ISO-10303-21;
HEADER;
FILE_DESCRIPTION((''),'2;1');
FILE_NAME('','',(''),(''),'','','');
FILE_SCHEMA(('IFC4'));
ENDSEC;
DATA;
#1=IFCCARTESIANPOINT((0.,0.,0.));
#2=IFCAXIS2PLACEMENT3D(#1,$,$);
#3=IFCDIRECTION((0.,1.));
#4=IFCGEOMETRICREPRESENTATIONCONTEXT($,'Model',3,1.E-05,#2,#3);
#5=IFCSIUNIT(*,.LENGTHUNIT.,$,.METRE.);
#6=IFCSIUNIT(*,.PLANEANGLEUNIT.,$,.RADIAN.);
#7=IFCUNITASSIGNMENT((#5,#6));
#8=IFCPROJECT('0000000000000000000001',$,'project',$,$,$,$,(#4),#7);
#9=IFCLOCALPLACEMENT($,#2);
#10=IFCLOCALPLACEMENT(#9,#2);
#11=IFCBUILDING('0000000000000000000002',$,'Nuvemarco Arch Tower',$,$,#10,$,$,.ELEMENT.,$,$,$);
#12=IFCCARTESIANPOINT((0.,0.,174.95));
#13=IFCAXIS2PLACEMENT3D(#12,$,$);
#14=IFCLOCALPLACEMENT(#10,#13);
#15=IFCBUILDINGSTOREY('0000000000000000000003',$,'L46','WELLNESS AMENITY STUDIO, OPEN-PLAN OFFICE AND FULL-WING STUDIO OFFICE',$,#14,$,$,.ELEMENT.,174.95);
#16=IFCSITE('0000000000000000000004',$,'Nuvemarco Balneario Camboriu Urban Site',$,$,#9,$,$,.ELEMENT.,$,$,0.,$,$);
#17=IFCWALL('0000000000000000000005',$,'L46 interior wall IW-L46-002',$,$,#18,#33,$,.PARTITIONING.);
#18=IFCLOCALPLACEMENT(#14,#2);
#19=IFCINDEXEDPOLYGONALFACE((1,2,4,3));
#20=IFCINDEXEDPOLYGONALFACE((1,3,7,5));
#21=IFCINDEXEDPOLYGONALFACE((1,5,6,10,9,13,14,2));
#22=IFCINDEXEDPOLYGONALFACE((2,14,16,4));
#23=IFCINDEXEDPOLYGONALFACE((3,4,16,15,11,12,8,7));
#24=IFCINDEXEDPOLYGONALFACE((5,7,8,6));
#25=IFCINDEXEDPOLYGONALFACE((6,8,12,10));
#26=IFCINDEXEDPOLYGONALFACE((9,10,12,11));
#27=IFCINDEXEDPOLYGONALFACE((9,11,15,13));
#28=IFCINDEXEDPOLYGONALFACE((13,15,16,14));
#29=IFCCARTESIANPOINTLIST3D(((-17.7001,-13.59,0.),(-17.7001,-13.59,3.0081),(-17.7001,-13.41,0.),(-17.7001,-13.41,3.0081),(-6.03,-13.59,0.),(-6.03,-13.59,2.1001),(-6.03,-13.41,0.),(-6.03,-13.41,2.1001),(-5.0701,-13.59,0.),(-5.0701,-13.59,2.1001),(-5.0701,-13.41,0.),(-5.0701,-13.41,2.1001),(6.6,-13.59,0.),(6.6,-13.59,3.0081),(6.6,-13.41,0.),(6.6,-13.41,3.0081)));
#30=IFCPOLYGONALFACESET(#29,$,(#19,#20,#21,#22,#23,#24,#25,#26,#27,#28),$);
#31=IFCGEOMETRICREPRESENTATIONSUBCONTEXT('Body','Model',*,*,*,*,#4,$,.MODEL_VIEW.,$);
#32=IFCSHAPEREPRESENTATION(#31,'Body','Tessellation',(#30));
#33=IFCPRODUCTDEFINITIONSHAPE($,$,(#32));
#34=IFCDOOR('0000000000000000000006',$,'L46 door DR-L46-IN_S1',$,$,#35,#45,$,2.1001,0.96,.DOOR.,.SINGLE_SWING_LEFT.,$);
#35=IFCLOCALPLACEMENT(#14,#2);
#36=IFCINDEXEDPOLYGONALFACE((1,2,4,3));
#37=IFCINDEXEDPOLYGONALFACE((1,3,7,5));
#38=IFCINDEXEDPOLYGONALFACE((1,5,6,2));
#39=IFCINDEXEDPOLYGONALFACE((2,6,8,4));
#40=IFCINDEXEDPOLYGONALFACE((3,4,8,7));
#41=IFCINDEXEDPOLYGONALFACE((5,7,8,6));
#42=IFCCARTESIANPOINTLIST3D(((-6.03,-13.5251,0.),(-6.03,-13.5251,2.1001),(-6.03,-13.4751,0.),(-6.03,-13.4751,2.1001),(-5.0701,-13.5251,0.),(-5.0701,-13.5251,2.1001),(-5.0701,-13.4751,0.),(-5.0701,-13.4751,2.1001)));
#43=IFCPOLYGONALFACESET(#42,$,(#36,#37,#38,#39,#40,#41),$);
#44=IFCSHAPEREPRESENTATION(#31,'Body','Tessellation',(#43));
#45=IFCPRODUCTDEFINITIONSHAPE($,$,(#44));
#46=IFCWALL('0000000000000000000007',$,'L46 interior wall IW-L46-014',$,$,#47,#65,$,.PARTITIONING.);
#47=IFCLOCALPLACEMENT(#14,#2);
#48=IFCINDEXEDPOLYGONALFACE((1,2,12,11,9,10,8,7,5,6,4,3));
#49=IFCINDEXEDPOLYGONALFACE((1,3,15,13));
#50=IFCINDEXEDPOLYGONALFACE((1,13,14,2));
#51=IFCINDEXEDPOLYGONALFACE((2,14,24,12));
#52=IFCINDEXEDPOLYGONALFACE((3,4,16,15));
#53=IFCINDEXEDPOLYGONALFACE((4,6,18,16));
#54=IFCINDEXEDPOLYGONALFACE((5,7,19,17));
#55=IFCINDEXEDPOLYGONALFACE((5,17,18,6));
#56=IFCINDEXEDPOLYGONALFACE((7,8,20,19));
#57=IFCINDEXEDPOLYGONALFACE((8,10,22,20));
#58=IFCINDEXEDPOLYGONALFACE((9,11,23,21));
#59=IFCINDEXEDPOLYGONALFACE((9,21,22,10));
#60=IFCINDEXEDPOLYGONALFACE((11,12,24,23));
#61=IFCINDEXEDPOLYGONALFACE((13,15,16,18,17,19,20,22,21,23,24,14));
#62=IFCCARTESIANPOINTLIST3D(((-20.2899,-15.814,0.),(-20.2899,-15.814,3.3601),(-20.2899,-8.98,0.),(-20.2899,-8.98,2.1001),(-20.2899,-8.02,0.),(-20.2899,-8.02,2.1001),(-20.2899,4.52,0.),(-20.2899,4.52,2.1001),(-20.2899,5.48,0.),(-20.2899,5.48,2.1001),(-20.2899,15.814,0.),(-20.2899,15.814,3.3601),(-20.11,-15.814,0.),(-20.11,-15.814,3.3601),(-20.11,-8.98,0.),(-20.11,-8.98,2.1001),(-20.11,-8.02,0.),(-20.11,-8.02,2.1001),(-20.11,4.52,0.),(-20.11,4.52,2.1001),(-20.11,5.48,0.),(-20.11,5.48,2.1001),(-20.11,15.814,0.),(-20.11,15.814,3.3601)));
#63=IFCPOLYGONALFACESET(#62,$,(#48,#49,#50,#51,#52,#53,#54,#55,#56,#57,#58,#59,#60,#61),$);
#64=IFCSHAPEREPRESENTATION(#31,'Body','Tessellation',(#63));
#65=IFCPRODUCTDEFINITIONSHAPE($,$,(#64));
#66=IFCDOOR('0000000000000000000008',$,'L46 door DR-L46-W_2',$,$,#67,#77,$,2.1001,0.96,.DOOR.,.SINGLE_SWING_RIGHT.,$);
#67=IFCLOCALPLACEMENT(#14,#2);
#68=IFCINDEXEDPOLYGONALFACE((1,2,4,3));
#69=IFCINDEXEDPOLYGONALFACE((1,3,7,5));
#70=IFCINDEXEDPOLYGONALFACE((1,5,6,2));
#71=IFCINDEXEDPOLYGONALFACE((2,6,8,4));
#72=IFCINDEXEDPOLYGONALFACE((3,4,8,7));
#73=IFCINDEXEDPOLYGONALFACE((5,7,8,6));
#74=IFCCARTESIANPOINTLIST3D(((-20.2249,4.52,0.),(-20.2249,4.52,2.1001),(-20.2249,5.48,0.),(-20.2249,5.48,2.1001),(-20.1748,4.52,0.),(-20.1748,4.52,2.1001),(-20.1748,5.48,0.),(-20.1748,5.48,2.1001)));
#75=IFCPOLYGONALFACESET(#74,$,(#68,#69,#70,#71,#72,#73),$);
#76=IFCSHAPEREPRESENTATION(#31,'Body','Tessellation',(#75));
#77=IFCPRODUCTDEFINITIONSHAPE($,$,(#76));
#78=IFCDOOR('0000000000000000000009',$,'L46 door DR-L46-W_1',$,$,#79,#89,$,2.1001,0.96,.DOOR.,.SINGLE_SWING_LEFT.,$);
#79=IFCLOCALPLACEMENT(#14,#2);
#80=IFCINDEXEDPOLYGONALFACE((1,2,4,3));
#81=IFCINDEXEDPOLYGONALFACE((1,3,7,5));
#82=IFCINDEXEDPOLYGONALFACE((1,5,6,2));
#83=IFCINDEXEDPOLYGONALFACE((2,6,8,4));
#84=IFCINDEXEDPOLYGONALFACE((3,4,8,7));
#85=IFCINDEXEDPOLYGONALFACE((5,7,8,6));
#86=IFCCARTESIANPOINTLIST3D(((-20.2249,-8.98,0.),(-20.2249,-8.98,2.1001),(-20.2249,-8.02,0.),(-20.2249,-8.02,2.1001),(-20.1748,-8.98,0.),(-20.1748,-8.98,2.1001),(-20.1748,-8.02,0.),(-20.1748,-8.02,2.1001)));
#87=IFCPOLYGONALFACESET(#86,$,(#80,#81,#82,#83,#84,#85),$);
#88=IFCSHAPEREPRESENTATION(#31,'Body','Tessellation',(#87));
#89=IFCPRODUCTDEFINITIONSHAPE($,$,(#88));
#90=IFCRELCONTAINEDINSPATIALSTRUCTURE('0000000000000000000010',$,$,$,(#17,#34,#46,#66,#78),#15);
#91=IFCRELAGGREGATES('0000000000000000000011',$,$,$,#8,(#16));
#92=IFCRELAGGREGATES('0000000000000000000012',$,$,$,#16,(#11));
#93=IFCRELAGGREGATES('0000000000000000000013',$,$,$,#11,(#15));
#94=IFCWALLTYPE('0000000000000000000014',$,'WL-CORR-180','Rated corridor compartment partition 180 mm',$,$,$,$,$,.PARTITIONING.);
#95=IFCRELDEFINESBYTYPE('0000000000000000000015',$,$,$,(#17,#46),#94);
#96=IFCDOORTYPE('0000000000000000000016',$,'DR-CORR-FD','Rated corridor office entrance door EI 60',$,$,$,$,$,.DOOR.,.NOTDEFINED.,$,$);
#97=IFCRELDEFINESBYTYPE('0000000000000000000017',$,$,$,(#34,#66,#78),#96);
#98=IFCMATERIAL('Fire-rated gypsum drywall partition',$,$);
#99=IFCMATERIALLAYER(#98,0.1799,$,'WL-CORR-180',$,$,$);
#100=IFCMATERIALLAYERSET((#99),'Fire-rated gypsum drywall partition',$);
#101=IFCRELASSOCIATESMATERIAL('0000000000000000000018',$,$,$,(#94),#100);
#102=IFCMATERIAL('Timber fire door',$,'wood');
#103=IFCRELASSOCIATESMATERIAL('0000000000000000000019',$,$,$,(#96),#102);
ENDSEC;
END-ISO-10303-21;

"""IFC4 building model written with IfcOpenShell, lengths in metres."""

from ifc_helpers import new_model, si_unit, direction, frame, frame_2d, origin, place, context, subcontext, project, spatial, rectangle, extrude, source, transform, mapped, material, layer, layer_set, type_object, type_shapes, element, fill, save


model = new_model("IFC4")

# Units and contexts
model_context = context("Model", 3, precision=1e-05, world=origin(), true_north=direction((0.0, 1.0)))
body_context = subcontext(model_context, "Body", "Model", "MODEL_VIEW")
ifc_project = project(units=[si_unit("LENGTHUNIT", "METRE"), si_unit("PLANEANGLEUNIT", "RADIAN")], contexts=[model_context])

# Site, building, storey
site_placement = place(None, origin())
site = spatial("IfcSite", under=ifc_project, at=site_placement, Name="Nuvemarco Balneario Camboriu Urban Site", CompositionType="ELEMENT", RefElevation=0.0)
building_placement = place(site_placement, origin())
building = spatial("IfcBuilding", under=site, at=building_placement, Name="Nuvemarco Arch Tower", CompositionType="ELEMENT")
storey_placement = place(building_placement, frame((0.0, 0.0, 174.95)))
storey = spatial("IfcBuildingStorey", under=building, at=storey_placement, Name="L46", Description="WELLNESS AMENITY STUDIO, OPEN-PLAN OFFICE AND FULL-WING STUDIO OFFICE", CompositionType="ELEMENT", Elevation=174.95)

# Shared definitions
ifc_material_1 = material(Name="Fire-rated gypsum drywall partition")
ifc_layer = layer(ifc_material_1, 0.1799, Name="WL-CORR-180")
ifc_layer_set = layer_set([ifc_layer], Name="Fire-rated gypsum drywall partition")
wall_type = type_object("IfcWallType", Name="WL-CORR-180", Description="Rated corridor compartment partition 180 mm", PredefinedType="PARTITIONING", material=ifc_layer_set)
ifc_material_2 = material(Name="Timber fire door", Category="wood")
door_type = type_object("IfcDoorType", Name="DR-CORR-FD", Description="Rated corridor office entrance door EI 60", OperationType="NOTDEFINED", PredefinedType="DOOR", material=ifc_material_2)
shared_shape = source(origin(), body_context, "Body", "SweptSolid", [
    extrude(rectangle(XDim=0.96, YDim=2.1001, at=frame_2d((0.48, 1.05))), frame((0.0, 0.0249, 0.0), z_axis=(0.0, -1.0, 0.0), x_axis=(1.0, 0.0, 0.0)), (0.0, 0.0, 1.0), 0.05),
])
type_shapes(door_type, [shared_shape])

# Wall, opening, door
wall_1_placement = place(storey_placement, frame((-17.7, -13.5, 0.0), z_axis=(0.0, 0.0, 1.0), x_axis=(1.0, 0.0, 0.0)))
wall_1 = element("IfcWall", 1, at=wall_1_placement, inside=storey, type_object=wall_type, Name="L46 interior wall IW-L46-002", PredefinedType="PARTITIONING", context=body_context, shape_type="SweptSolid", body=[
    extrude(rectangle(XDim=24.3, YDim=0.1799, at=frame_2d((12.1499, 0.0))), origin(), (0.0, 0.0, 1.0), 3.0081),
])
opening_1_placement = place(wall_1_placement, frame((11.6699, 0.0, 0.0)))
opening_1 = element("IfcOpeningElement", 2, at=opening_1_placement, cuts=wall_1, PredefinedType="OPENING", context=body_context, shape_type="SweptSolid", body=[
    extrude(rectangle(XDim=0.96, YDim=2.1001, at=frame_2d((0.48, 1.05))), frame((0.0, 0.0999, 0.0), z_axis=(0.0, -1.0, 0.0), x_axis=(1.0, 0.0, 0.0)), (0.0, 0.0, 1.0), 0.2),
])
door_1_placement = place(opening_1_placement, origin())
door_1 = element("IfcDoor", 3, at=door_1_placement, inside=storey, type_object=door_type, Name="L46 door DR-L46-IN_S1", OperationType="SINGLE_SWING_LEFT", OverallHeight=2.1001, OverallWidth=0.96, PredefinedType="DOOR", context=body_context, shape_type="MappedRepresentation", body=[
    mapped(shared_shape, transform((0.0, 0.0, 0.0), scale=1.0)),
])
fill(opening_1, door_1)

# Wall, openings, doors
wall_2_placement = place(storey_placement, frame((-20.2, -15.814, 0.0), z_axis=(0.0, 0.0, 1.0), x_axis=(0.0, 1.0, 0.0)))
wall_2 = element("IfcWall", 4, at=wall_2_placement, inside=storey, type_object=wall_type, Name="L46 interior wall IW-L46-014", PredefinedType="PARTITIONING", context=body_context, shape_type="SweptSolid", body=[
    extrude(rectangle(XDim=31.6279, YDim=0.1799, at=frame_2d((15.814, 0.0))), origin(), (0.0, 0.0, 1.0), 3.3601),
])
opening_2_placement = place(wall_2_placement, frame((20.334, 0.0, 0.0)))
opening_2 = element("IfcOpeningElement", 5, at=opening_2_placement, cuts=wall_2, PredefinedType="OPENING", context=body_context, shape_type="SweptSolid", body=[
    extrude(rectangle(XDim=0.96, YDim=2.1001, at=frame_2d((0.48, 1.05))), frame((0.0, 0.0999, 0.0), z_axis=(0.0, -1.0, 0.0), x_axis=(1.0, 0.0, 0.0)), (0.0, 0.0, 1.0), 0.2),
])
opening_3_placement = place(wall_2_placement, frame((6.834, 0.0, 0.0)))
opening_3 = element("IfcOpeningElement", 6, at=opening_3_placement, cuts=wall_2, PredefinedType="OPENING", context=body_context, shape_type="SweptSolid", body=[
    extrude(rectangle(XDim=0.96, YDim=2.1001, at=frame_2d((0.48, 1.05))), frame((0.0, 0.0999, 0.0), z_axis=(0.0, -1.0, 0.0), x_axis=(1.0, 0.0, 0.0)), (0.0, 0.0, 1.0), 0.2),
])
door_2_placement = place(opening_2_placement, origin())
door_2 = element("IfcDoor", 7, at=door_2_placement, inside=storey, type_object=door_type, Name="L46 door DR-L46-W_2", OperationType="SINGLE_SWING_RIGHT", OverallHeight=2.1001, OverallWidth=0.96, PredefinedType="DOOR", context=body_context, shape_type="MappedRepresentation", body=[
    mapped(shared_shape, transform((0.0, 0.0, 0.0), scale=1.0)),
])
fill(opening_2, door_2)
door_3_placement = place(opening_3_placement, origin())
door_3 = element("IfcDoor", 8, at=door_3_placement, inside=storey, type_object=door_type, Name="L46 door DR-L46-W_1", OperationType="SINGLE_SWING_LEFT", OverallHeight=2.1001, OverallWidth=0.96, PredefinedType="DOOR", context=body_context, shape_type="MappedRepresentation", body=[
    mapped(shared_shape, transform((0.0, 0.0, 0.0), scale=1.0)),
])
fill(opening_3, door_3)

save(model, "model.ifc")
